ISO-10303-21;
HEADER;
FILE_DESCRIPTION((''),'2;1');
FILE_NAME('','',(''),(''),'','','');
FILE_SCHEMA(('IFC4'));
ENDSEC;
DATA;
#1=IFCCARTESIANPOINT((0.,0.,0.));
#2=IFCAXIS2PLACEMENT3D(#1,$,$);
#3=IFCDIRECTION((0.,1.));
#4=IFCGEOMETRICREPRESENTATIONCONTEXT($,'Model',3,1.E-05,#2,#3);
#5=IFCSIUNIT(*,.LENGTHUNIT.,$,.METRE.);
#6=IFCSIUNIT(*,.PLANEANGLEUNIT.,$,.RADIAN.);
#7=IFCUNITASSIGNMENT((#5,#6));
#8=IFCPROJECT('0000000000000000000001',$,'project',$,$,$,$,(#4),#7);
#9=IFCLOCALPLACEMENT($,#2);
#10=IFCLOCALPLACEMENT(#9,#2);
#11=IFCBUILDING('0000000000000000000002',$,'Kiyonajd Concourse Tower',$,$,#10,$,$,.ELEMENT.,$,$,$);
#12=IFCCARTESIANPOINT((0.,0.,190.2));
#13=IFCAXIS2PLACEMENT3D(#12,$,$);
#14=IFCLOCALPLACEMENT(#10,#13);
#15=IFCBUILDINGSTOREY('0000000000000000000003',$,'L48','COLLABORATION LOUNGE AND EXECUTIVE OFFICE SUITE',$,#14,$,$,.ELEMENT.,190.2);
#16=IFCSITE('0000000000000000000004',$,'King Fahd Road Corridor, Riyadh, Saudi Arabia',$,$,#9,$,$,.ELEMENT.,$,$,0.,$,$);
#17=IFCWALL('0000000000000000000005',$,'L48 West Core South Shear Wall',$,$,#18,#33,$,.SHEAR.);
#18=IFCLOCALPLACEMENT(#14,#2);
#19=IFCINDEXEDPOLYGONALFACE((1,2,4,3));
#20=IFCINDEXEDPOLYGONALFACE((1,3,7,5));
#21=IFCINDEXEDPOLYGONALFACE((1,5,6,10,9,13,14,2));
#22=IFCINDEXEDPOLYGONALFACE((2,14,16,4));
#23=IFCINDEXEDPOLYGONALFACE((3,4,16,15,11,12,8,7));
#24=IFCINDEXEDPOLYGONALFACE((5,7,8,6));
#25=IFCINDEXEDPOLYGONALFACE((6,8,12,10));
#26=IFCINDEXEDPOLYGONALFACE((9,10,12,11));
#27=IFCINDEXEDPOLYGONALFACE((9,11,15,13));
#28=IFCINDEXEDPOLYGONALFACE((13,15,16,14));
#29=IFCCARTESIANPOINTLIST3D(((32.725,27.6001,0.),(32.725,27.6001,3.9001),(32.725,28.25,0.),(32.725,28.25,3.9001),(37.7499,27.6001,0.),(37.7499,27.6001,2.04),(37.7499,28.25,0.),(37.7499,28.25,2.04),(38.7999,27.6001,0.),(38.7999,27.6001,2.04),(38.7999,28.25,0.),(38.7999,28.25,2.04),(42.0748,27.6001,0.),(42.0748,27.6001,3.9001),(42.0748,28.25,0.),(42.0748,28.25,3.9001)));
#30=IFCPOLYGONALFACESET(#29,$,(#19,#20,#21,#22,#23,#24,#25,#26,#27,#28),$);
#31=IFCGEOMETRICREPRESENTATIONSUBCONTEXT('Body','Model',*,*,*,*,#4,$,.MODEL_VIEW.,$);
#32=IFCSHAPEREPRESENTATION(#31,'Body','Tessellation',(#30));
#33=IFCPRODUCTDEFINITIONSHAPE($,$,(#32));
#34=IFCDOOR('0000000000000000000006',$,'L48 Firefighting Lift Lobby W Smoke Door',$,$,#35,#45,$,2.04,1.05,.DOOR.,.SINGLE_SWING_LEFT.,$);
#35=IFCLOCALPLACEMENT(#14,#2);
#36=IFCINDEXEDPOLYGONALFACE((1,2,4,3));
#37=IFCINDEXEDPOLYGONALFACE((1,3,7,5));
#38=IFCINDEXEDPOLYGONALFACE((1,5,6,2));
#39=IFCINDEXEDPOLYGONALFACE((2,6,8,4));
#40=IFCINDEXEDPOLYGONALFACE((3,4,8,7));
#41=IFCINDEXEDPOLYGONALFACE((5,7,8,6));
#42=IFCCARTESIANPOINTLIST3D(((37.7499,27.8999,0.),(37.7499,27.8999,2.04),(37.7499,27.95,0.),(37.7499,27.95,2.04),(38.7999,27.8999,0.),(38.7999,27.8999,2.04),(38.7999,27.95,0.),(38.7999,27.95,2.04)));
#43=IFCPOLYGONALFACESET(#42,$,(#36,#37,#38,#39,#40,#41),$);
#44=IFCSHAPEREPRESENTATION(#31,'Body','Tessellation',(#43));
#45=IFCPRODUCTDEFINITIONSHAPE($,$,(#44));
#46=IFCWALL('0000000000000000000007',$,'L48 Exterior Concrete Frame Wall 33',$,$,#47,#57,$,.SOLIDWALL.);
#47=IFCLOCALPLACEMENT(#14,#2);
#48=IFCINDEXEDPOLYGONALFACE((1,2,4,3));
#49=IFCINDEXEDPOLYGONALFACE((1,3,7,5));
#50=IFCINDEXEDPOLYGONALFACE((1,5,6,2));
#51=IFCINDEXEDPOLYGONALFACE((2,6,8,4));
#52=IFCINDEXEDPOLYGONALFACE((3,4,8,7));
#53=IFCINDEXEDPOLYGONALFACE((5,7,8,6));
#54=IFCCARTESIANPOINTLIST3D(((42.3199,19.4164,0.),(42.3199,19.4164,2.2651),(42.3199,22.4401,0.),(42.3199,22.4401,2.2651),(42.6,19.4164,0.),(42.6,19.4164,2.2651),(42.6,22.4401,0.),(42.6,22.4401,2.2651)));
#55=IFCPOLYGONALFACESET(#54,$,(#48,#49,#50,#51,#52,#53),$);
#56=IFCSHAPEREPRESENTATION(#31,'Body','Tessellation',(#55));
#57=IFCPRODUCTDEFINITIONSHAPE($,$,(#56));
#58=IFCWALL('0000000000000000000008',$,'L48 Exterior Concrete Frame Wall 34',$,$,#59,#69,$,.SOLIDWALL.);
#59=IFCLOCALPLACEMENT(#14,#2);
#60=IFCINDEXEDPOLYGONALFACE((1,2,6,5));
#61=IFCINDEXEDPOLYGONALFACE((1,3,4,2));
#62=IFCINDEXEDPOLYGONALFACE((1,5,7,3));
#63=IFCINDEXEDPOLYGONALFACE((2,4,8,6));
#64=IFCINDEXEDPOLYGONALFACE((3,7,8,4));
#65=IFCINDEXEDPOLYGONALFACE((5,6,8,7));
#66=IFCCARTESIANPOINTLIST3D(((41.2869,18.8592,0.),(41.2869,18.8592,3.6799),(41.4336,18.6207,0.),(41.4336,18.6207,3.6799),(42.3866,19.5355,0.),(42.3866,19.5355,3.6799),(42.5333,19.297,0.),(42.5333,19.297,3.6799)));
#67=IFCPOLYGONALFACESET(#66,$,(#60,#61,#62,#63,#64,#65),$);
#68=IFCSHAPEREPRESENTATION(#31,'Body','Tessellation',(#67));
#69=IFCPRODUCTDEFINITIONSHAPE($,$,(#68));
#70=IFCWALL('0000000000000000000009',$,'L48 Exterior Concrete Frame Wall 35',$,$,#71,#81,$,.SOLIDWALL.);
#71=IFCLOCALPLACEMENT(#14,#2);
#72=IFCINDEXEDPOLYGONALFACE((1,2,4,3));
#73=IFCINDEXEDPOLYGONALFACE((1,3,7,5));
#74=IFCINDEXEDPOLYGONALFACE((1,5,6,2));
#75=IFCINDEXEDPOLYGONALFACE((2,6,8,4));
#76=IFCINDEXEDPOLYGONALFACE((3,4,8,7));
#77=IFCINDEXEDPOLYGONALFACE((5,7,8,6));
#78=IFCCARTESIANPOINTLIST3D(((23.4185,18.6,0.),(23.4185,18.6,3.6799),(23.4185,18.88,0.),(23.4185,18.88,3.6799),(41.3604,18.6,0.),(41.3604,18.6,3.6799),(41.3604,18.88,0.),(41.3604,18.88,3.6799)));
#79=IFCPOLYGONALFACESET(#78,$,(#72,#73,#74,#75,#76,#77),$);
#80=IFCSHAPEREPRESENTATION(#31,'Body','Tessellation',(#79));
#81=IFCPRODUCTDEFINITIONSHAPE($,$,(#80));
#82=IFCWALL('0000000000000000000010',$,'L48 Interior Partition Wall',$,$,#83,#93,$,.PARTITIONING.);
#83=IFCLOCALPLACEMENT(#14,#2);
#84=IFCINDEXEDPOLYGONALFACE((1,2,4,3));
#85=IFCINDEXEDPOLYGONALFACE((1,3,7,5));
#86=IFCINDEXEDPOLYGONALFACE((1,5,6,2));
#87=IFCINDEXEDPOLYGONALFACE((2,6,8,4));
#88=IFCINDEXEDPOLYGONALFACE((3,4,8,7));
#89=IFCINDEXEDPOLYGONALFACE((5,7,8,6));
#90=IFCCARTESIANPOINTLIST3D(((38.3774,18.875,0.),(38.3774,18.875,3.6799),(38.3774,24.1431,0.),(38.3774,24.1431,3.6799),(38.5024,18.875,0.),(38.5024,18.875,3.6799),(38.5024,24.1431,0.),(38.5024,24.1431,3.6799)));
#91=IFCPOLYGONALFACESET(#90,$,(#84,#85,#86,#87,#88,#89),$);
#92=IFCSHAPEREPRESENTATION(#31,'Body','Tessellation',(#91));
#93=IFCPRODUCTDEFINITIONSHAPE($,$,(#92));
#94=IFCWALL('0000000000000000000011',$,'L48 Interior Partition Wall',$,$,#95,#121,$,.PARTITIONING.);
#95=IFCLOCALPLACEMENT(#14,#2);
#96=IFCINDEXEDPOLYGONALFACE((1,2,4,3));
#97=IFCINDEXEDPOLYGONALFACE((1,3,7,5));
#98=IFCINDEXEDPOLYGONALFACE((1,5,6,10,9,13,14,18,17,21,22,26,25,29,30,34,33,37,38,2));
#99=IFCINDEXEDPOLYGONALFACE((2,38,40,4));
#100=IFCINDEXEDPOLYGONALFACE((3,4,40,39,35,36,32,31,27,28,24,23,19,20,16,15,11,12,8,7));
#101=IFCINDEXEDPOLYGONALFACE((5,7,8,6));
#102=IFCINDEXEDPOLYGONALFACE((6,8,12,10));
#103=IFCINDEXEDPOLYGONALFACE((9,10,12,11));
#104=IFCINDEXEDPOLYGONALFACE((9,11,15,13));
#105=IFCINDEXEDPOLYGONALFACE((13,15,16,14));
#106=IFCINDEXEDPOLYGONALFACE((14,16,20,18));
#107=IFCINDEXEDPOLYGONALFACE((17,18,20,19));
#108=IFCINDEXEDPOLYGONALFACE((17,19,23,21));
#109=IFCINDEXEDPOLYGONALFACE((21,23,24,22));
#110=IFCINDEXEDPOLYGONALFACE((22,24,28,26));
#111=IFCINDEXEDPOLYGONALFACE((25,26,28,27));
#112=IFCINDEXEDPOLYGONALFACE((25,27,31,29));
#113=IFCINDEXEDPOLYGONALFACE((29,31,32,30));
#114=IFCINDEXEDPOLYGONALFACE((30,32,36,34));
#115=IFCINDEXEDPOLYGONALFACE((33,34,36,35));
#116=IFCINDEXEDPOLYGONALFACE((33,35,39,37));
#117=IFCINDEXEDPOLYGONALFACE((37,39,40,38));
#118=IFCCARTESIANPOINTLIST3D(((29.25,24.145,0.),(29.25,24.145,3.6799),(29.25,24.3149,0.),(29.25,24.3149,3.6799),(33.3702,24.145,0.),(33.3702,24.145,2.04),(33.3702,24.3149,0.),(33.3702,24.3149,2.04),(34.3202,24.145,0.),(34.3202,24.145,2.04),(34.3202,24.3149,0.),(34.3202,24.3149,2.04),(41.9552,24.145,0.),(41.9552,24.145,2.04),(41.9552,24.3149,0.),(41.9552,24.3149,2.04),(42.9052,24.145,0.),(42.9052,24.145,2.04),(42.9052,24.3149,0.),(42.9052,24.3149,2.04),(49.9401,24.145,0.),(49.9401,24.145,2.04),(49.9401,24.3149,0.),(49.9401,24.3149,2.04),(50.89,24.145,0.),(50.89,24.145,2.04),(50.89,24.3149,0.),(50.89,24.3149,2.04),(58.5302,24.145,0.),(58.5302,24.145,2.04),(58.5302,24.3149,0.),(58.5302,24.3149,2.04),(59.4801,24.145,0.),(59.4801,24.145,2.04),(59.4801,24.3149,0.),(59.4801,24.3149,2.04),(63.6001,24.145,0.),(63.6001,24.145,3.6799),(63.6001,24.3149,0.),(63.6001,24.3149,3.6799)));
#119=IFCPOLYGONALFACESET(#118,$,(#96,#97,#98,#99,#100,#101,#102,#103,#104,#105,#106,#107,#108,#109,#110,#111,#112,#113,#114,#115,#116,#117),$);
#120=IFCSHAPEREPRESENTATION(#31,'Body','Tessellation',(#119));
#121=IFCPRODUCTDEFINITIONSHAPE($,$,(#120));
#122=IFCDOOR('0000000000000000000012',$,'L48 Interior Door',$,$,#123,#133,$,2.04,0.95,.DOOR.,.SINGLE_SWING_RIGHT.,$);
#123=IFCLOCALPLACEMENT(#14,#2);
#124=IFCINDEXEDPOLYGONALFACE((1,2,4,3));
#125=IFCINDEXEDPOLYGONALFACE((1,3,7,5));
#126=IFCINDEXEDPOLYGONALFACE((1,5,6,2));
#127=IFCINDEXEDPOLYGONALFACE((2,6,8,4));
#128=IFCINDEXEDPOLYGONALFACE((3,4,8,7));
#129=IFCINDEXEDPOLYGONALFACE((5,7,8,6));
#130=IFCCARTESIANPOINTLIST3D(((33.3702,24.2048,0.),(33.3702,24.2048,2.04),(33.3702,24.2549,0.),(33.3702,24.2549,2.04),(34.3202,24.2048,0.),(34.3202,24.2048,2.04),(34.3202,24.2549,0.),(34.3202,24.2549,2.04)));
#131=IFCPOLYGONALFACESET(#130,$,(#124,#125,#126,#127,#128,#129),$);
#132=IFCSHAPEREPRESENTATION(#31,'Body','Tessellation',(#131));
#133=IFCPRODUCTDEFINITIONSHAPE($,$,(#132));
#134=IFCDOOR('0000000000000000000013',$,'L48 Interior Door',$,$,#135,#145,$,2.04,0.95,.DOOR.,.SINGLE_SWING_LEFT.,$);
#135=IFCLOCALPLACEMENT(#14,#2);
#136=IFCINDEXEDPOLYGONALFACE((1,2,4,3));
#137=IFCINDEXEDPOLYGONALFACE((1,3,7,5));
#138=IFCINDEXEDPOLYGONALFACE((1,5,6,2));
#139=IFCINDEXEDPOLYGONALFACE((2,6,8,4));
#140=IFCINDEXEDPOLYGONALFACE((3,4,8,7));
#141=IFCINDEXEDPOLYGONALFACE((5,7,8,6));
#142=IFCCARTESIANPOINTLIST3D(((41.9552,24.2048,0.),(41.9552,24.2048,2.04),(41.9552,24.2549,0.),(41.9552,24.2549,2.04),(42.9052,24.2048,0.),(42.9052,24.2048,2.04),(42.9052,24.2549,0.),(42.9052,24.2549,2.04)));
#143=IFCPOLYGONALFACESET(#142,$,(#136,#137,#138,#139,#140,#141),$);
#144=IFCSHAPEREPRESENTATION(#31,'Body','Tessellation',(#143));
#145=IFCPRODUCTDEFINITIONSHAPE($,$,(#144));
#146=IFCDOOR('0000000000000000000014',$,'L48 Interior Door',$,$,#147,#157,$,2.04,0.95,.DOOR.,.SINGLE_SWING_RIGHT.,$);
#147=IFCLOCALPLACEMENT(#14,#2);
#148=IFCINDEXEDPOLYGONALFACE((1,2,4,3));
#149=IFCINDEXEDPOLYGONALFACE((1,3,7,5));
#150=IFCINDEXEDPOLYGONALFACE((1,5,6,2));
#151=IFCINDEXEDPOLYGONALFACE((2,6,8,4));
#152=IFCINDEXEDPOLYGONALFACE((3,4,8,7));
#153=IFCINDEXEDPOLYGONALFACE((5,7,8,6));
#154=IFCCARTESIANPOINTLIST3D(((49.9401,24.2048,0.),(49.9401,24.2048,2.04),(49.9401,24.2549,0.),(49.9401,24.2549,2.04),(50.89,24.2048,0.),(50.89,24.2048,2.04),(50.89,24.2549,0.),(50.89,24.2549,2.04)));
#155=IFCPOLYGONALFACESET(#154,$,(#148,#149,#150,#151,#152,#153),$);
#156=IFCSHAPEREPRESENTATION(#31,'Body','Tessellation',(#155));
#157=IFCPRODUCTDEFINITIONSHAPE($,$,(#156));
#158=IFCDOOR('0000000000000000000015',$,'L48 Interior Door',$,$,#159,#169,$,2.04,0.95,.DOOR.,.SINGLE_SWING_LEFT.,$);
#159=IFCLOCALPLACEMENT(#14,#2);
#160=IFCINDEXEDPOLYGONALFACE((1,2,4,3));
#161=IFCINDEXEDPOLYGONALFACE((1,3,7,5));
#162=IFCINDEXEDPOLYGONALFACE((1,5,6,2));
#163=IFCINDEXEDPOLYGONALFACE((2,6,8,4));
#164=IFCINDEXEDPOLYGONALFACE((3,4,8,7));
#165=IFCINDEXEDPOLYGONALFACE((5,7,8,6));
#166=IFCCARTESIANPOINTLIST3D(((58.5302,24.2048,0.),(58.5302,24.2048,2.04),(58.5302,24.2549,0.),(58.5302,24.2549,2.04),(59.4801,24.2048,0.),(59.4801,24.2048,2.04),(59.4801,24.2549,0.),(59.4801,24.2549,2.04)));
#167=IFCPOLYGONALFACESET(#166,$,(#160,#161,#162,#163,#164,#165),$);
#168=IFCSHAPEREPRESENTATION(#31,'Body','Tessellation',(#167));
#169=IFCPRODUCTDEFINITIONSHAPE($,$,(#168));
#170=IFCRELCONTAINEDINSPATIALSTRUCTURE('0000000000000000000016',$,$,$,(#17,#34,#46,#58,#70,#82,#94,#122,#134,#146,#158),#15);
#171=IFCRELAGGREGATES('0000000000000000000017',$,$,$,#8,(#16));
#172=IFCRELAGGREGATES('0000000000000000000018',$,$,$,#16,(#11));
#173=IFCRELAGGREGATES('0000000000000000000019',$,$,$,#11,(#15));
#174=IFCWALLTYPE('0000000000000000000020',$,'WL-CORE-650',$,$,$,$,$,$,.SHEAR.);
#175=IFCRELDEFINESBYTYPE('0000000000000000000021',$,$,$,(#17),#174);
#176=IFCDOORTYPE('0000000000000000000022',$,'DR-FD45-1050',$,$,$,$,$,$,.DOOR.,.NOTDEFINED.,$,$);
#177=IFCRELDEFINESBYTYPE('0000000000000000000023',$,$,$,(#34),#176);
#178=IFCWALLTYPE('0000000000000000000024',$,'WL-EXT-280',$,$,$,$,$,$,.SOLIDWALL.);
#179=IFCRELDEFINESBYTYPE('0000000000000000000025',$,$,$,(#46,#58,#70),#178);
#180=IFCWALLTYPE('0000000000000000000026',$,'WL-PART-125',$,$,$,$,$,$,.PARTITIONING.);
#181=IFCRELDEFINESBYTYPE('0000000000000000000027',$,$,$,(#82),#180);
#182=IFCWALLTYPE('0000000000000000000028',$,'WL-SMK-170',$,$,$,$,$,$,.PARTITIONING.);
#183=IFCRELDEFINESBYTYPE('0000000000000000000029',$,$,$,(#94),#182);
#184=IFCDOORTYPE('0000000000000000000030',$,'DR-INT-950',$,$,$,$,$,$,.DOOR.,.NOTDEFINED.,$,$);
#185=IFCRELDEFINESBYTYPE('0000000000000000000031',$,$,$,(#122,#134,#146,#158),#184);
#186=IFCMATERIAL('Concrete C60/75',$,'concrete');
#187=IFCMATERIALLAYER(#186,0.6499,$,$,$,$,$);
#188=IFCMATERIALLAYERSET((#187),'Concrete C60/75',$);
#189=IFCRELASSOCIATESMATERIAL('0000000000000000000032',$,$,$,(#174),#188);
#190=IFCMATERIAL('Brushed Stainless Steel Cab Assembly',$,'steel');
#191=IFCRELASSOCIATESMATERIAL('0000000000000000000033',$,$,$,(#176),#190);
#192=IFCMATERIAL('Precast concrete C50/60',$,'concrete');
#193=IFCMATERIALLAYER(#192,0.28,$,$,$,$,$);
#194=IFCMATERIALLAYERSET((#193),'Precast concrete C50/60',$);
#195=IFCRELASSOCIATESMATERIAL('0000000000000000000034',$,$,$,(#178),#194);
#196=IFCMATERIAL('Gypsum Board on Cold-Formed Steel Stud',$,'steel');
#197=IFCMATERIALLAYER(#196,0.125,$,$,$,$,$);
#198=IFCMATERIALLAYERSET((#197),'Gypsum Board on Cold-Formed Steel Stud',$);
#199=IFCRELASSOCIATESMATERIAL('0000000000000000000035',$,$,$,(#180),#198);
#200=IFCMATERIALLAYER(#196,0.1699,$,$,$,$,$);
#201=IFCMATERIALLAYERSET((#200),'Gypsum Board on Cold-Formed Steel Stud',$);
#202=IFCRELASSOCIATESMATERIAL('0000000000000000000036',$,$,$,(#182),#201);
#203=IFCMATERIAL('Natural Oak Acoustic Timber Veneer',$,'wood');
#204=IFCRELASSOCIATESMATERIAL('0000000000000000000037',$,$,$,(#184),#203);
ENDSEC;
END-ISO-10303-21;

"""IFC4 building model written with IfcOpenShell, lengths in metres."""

from ifc_helpers import new_model, si_unit, direction, frame, frame_2d, origin, place, context, subcontext, project, spatial, rectangle, extrude, material, layer, layer_set, type_object, element, fill, save


model = new_model("IFC4")

# Units and contexts
model_context = context("Model", 3, precision=1e-05, world=origin(), true_north=direction((0.0, 1.0)))
body_context = subcontext(model_context, "Body", "Model", "MODEL_VIEW")
ifc_project = project(units=[si_unit("LENGTHUNIT", "METRE"), si_unit("PLANEANGLEUNIT", "RADIAN")], contexts=[model_context])

# Site, building, storey
site_placement = place(None, origin())
site = spatial("IfcSite", under=ifc_project, at=site_placement, Name="King Fahd Road Corridor, Riyadh, Saudi Arabia", CompositionType="ELEMENT", RefElevation=0.0)
building_placement = place(site_placement, origin())
building = spatial("IfcBuilding", under=site, at=building_placement, Name="Kiyonajd Concourse Tower", CompositionType="ELEMENT")
storey_placement = place(building_placement, frame((0.0, 0.0, 190.2)))
storey = spatial("IfcBuildingStorey", under=building, at=storey_placement, Name="L48", Description="COLLABORATION LOUNGE AND EXECUTIVE OFFICE SUITE", CompositionType="ELEMENT", Elevation=190.2)

# Shared definitions
ifc_material_1 = material(Name="Concrete C60/75", Category="concrete")

# Shared definitions
ifc_layer_1 = layer(ifc_material_1, 0.6499)
ifc_layer_set_1 = layer_set([ifc_layer_1], Name="Concrete C60/75")
wall_type_1 = type_object("IfcWallType", Name="WL-CORE-650", PredefinedType="SHEAR", material=ifc_layer_set_1)

# Wall, opening, door
wall_1_placement = place(storey_placement, frame((32.7251, 27.925, 0.0), z_axis=(0.0, 0.0, 1.0), x_axis=(1.0, 0.0, 0.0)))
wall_1 = element("IfcWall", 1, at=wall_1_placement, inside=storey, type_object=wall_type_1, Name="L48 West Core South Shear Wall", PredefinedType="SHEAR", context=body_context, shape_type="SweptSolid", body=[
    extrude(rectangle(XDim=9.3499, YDim=0.6499, at=frame_2d((4.6748, 0.0))), origin(), (0.0, 0.0, 1.0), 3.9001),
])
opening_1_placement = place(wall_1_placement, frame((5.0249, 0.0, 0.0)))
opening_1 = element("IfcOpeningElement", 2, at=opening_1_placement, cuts=wall_1, PredefinedType="OPENING", context=body_context, shape_type="SweptSolid", body=[
    extrude(rectangle(XDim=1.05, YDim=2.04, at=frame_2d((0.5249, 1.02))), frame((0.0, 0.335, 0.0), z_axis=(0.0, -1.0, 0.0), x_axis=(1.0, 0.0, 0.0)), (0.0, 0.0, 1.0), 0.6699),
])
ifc_material_2 = material(Name="Brushed Stainless Steel Cab Assembly", Category="steel")
door_type_1 = type_object("IfcDoorType", Name="DR-FD45-1050", OperationType="NOTDEFINED", PredefinedType="DOOR", material=ifc_material_2)
door_1_placement = place(opening_1_placement, origin())
door_1 = element("IfcDoor", 3, at=door_1_placement, inside=storey, type_object=door_type_1, Name="L48 Firefighting Lift Lobby W Smoke Door", OperationType="SINGLE_SWING_LEFT", OverallHeight=2.04, OverallWidth=1.05, PredefinedType="DOOR", context=body_context, shape_type="SweptSolid", body=[
    extrude(rectangle(XDim=1.05, YDim=2.04, at=frame_2d((0.5249, 1.02))), frame((0.0, 0.0249, 0.0), z_axis=(0.0, -1.0, 0.0), x_axis=(1.0, 0.0, 0.0)), (0.0, 0.0, 1.0), 0.05),
])
fill(opening_1, door_1)

# Walls
ifc_material_3 = material(Name="Precast concrete C50/60", Category="concrete")
ifc_layer_2 = layer(ifc_material_3, 0.28)
ifc_layer_set_2 = layer_set([ifc_layer_2], Name="Precast concrete C50/60")
wall_type_2 = type_object("IfcWallType", Name="WL-EXT-280", PredefinedType="SOLIDWALL", material=ifc_layer_set_2)
wall_2_placement = place(storey_placement, frame((42.46, 22.4399, 0.0), z_axis=(0.0, 0.0, 1.0), x_axis=(0.0, -1.0, 0.0)))
element("IfcWall", 4, at=wall_2_placement, inside=storey, type_object=wall_type_2, Name="L48 Exterior Concrete Frame Wall 33", PredefinedType="SOLIDWALL", context=body_context, shape_type="SweptSolid", body=[
    extrude(rectangle(XDim=3.0237, YDim=0.28, at=frame_2d((1.5117, 0.0))), origin(), (0.0, 0.0, 1.0), 2.2651),
])
wall_3_placement = place(storey_placement, frame((42.46, 19.4163, 0.0), z_axis=(0.0, 0.0, 1.0), x_axis=(-0.851801, -0.523865, 0.0)))
element("IfcWall", 5, at=wall_3_placement, inside=storey, type_object=wall_type_2, Name="L48 Exterior Concrete Frame Wall 34", PredefinedType="SOLIDWALL", context=body_context, shape_type="SweptSolid", body=[
    extrude(rectangle(XDim=1.291, YDim=0.28, at=frame_2d((0.6455, 0.0))), origin(), (0.0, 0.0, 1.0), 3.6799),
])
wall_4_placement = place(storey_placement, frame((41.3604, 18.74, 0.0), z_axis=(0.0, 0.0, 1.0), x_axis=(-1.0, 0.0, 0.0)))
element("IfcWall", 6, at=wall_4_placement, inside=storey, type_object=wall_type_2, Name="L48 Exterior Concrete Frame Wall 35", PredefinedType="SOLIDWALL", context=body_context, shape_type="SweptSolid", body=[
    extrude(rectangle(XDim=17.9419, YDim=0.28, at=frame_2d((8.9709, 0.0))), origin(), (0.0, 0.0, 1.0), 3.6799),
])
ifc_material_4 = material(Name="Gypsum Board on Cold-Formed Steel Stud", Category="steel")
ifc_layer_3 = layer(ifc_material_4, 0.125)
ifc_layer_set_3 = layer_set([ifc_layer_3], Name="Gypsum Board on Cold-Formed Steel Stud")
wall_type_3 = type_object("IfcWallType", Name="WL-PART-125", PredefinedType="PARTITIONING", material=ifc_layer_set_3)
wall_5_placement = place(storey_placement, frame((38.4399, 18.875, 0.0), z_axis=(0.0, 0.0, 1.0), x_axis=(0.0, 1.0, 0.0)))
element("IfcWall", 7, at=wall_5_placement, inside=storey, type_object=wall_type_3, Name="L48 Interior Partition Wall", PredefinedType="PARTITIONING", context=body_context, shape_type="SweptSolid", body=[
    extrude(rectangle(XDim=5.2681, YDim=0.125, at=frame_2d((2.634, 0.0))), origin(), (0.0, 0.0, 1.0), 3.6799),
])

# Wall, openings, doors
ifc_layer_4 = layer(ifc_material_4, 0.1699)
ifc_layer_set_4 = layer_set([ifc_layer_4], Name="Gypsum Board on Cold-Formed Steel Stud")
wall_type_4 = type_object("IfcWallType", Name="WL-SMK-170", PredefinedType="PARTITIONING", material=ifc_layer_set_4)
wall_6_placement = place(storey_placement, frame((29.25, 24.23, 0.0), z_axis=(0.0, 0.0, 1.0), x_axis=(1.0, 0.0, 0.0)))
wall_6 = element("IfcWall", 8, at=wall_6_placement, inside=storey, type_object=wall_type_4, Name="L48 Interior Partition Wall", PredefinedType="PARTITIONING", context=body_context, shape_type="SweptSolid", body=[
    extrude(rectangle(XDim=34.3501, YDim=0.1699, at=frame_2d((17.175, 0.0))), origin(), (0.0, 0.0, 1.0), 3.6799),
])
opening_2_placement = place(wall_6_placement, frame((4.1201, 0.0, 0.0)))
opening_2 = element("IfcOpeningElement", 9, at=opening_2_placement, cuts=wall_6, PredefinedType="OPENING", context=body_context, shape_type="SweptSolid", body=[
    extrude(rectangle(XDim=0.95, YDim=2.04, at=frame_2d((0.4751, 1.02))), frame((0.0, 0.095, 0.0), z_axis=(0.0, -1.0, 0.0), x_axis=(1.0, 0.0, 0.0)), (0.0, 0.0, 1.0), 0.1899),
])
opening_3_placement = place(wall_6_placement, frame((12.7051, 0.0, 0.0)))
opening_3 = element("IfcOpeningElement", 10, at=opening_3_placement, cuts=wall_6, PredefinedType="OPENING", context=body_context, shape_type="SweptSolid", body=[
    extrude(rectangle(XDim=0.95, YDim=2.04, at=frame_2d((0.4751, 1.02))), frame((0.0, 0.095, 0.0), z_axis=(0.0, -1.0, 0.0), x_axis=(1.0, 0.0, 0.0)), (0.0, 0.0, 1.0), 0.1899),
])
opening_4_placement = place(wall_6_placement, frame((20.6899, 0.0, 0.0)))
opening_4 = element("IfcOpeningElement", 11, at=opening_4_placement, cuts=wall_6, PredefinedType="OPENING", context=body_context, shape_type="SweptSolid", body=[
    extrude(rectangle(XDim=0.95, YDim=2.04, at=frame_2d((0.4751, 1.02))), frame((0.0, 0.095, 0.0), z_axis=(0.0, -1.0, 0.0), x_axis=(1.0, 0.0, 0.0)), (0.0, 0.0, 1.0), 0.1899),
])
opening_5_placement = place(wall_6_placement, frame((29.28, 0.0, 0.0)))
opening_5 = element("IfcOpeningElement", 12, at=opening_5_placement, cuts=wall_6, PredefinedType="OPENING", context=body_context, shape_type="SweptSolid", body=[
    extrude(rectangle(XDim=0.95, YDim=2.04, at=frame_2d((0.4751, 1.02))), frame((0.0, 0.095, 0.0), z_axis=(0.0, -1.0, 0.0), x_axis=(1.0, 0.0, 0.0)), (0.0, 0.0, 1.0), 0.1899),
])
ifc_material_5 = material(Name="Natural Oak Acoustic Timber Veneer", Category="wood")
door_type_2 = type_object("IfcDoorType", Name="DR-INT-950", OperationType="NOTDEFINED", PredefinedType="DOOR", material=ifc_material_5)
door_2_placement = place(opening_2_placement, origin())
door_2 = element("IfcDoor", 13, at=door_2_placement, inside=storey, type_object=door_type_2, Name="L48 Interior Door", OperationType="SINGLE_SWING_RIGHT", OverallHeight=2.04, OverallWidth=0.95, PredefinedType="DOOR", context=body_context, shape_type="SweptSolid", body=[
    extrude(rectangle(XDim=0.95, YDim=2.04, at=frame_2d((0.4751, 1.02))), frame((0.0, 0.0249, 0.0), z_axis=(0.0, -1.0, 0.0), x_axis=(1.0, 0.0, 0.0)), (0.0, 0.0, 1.0), 0.05),
])
fill(opening_2, door_2)
door_3_placement = place(opening_3_placement, origin())
door_3 = element("IfcDoor", 14, at=door_3_placement, inside=storey, type_object=door_type_2, Name="L48 Interior Door", OperationType="SINGLE_SWING_LEFT", OverallHeight=2.04, OverallWidth=0.95, PredefinedType="DOOR", context=body_context, shape_type="SweptSolid", body=[
    extrude(rectangle(XDim=0.95, YDim=2.04, at=frame_2d((0.4751, 1.02))), frame((0.0, 0.0249, 0.0), z_axis=(0.0, -1.0, 0.0), x_axis=(1.0, 0.0, 0.0)), (0.0, 0.0, 1.0), 0.05),
])
fill(opening_3, door_3)
door_4_placement = place(opening_4_placement, origin())
door_4 = element("IfcDoor", 15, at=door_4_placement, inside=storey, type_object=door_type_2, Name="L48 Interior Door", OperationType="SINGLE_SWING_RIGHT", OverallHeight=2.04, OverallWidth=0.95, PredefinedType="DOOR", context=body_context, shape_type="SweptSolid", body=[
    extrude(rectangle(XDim=0.95, YDim=2.04, at=frame_2d((0.4751, 1.02))), frame((0.0, 0.0249, 0.0), z_axis=(0.0, -1.0, 0.0), x_axis=(1.0, 0.0, 0.0)), (0.0, 0.0, 1.0), 0.05),
])
fill(opening_4, door_4)
door_5_placement = place(opening_5_placement, origin())
door_5 = element("IfcDoor", 16, at=door_5_placement, inside=storey, type_object=door_type_2, Name="L48 Interior Door", OperationType="SINGLE_SWING_LEFT", OverallHeight=2.04, OverallWidth=0.95, PredefinedType="DOOR", context=body_context, shape_type="SweptSolid", body=[
    extrude(rectangle(XDim=0.95, YDim=2.04, at=frame_2d((0.4751, 1.02))), frame((0.0, 0.0249, 0.0), z_axis=(0.0, -1.0, 0.0), x_axis=(1.0, 0.0, 0.0)), (0.0, 0.0, 1.0), 0.05),
])
fill(opening_5, door_5)

save(model, "model.ifc")
